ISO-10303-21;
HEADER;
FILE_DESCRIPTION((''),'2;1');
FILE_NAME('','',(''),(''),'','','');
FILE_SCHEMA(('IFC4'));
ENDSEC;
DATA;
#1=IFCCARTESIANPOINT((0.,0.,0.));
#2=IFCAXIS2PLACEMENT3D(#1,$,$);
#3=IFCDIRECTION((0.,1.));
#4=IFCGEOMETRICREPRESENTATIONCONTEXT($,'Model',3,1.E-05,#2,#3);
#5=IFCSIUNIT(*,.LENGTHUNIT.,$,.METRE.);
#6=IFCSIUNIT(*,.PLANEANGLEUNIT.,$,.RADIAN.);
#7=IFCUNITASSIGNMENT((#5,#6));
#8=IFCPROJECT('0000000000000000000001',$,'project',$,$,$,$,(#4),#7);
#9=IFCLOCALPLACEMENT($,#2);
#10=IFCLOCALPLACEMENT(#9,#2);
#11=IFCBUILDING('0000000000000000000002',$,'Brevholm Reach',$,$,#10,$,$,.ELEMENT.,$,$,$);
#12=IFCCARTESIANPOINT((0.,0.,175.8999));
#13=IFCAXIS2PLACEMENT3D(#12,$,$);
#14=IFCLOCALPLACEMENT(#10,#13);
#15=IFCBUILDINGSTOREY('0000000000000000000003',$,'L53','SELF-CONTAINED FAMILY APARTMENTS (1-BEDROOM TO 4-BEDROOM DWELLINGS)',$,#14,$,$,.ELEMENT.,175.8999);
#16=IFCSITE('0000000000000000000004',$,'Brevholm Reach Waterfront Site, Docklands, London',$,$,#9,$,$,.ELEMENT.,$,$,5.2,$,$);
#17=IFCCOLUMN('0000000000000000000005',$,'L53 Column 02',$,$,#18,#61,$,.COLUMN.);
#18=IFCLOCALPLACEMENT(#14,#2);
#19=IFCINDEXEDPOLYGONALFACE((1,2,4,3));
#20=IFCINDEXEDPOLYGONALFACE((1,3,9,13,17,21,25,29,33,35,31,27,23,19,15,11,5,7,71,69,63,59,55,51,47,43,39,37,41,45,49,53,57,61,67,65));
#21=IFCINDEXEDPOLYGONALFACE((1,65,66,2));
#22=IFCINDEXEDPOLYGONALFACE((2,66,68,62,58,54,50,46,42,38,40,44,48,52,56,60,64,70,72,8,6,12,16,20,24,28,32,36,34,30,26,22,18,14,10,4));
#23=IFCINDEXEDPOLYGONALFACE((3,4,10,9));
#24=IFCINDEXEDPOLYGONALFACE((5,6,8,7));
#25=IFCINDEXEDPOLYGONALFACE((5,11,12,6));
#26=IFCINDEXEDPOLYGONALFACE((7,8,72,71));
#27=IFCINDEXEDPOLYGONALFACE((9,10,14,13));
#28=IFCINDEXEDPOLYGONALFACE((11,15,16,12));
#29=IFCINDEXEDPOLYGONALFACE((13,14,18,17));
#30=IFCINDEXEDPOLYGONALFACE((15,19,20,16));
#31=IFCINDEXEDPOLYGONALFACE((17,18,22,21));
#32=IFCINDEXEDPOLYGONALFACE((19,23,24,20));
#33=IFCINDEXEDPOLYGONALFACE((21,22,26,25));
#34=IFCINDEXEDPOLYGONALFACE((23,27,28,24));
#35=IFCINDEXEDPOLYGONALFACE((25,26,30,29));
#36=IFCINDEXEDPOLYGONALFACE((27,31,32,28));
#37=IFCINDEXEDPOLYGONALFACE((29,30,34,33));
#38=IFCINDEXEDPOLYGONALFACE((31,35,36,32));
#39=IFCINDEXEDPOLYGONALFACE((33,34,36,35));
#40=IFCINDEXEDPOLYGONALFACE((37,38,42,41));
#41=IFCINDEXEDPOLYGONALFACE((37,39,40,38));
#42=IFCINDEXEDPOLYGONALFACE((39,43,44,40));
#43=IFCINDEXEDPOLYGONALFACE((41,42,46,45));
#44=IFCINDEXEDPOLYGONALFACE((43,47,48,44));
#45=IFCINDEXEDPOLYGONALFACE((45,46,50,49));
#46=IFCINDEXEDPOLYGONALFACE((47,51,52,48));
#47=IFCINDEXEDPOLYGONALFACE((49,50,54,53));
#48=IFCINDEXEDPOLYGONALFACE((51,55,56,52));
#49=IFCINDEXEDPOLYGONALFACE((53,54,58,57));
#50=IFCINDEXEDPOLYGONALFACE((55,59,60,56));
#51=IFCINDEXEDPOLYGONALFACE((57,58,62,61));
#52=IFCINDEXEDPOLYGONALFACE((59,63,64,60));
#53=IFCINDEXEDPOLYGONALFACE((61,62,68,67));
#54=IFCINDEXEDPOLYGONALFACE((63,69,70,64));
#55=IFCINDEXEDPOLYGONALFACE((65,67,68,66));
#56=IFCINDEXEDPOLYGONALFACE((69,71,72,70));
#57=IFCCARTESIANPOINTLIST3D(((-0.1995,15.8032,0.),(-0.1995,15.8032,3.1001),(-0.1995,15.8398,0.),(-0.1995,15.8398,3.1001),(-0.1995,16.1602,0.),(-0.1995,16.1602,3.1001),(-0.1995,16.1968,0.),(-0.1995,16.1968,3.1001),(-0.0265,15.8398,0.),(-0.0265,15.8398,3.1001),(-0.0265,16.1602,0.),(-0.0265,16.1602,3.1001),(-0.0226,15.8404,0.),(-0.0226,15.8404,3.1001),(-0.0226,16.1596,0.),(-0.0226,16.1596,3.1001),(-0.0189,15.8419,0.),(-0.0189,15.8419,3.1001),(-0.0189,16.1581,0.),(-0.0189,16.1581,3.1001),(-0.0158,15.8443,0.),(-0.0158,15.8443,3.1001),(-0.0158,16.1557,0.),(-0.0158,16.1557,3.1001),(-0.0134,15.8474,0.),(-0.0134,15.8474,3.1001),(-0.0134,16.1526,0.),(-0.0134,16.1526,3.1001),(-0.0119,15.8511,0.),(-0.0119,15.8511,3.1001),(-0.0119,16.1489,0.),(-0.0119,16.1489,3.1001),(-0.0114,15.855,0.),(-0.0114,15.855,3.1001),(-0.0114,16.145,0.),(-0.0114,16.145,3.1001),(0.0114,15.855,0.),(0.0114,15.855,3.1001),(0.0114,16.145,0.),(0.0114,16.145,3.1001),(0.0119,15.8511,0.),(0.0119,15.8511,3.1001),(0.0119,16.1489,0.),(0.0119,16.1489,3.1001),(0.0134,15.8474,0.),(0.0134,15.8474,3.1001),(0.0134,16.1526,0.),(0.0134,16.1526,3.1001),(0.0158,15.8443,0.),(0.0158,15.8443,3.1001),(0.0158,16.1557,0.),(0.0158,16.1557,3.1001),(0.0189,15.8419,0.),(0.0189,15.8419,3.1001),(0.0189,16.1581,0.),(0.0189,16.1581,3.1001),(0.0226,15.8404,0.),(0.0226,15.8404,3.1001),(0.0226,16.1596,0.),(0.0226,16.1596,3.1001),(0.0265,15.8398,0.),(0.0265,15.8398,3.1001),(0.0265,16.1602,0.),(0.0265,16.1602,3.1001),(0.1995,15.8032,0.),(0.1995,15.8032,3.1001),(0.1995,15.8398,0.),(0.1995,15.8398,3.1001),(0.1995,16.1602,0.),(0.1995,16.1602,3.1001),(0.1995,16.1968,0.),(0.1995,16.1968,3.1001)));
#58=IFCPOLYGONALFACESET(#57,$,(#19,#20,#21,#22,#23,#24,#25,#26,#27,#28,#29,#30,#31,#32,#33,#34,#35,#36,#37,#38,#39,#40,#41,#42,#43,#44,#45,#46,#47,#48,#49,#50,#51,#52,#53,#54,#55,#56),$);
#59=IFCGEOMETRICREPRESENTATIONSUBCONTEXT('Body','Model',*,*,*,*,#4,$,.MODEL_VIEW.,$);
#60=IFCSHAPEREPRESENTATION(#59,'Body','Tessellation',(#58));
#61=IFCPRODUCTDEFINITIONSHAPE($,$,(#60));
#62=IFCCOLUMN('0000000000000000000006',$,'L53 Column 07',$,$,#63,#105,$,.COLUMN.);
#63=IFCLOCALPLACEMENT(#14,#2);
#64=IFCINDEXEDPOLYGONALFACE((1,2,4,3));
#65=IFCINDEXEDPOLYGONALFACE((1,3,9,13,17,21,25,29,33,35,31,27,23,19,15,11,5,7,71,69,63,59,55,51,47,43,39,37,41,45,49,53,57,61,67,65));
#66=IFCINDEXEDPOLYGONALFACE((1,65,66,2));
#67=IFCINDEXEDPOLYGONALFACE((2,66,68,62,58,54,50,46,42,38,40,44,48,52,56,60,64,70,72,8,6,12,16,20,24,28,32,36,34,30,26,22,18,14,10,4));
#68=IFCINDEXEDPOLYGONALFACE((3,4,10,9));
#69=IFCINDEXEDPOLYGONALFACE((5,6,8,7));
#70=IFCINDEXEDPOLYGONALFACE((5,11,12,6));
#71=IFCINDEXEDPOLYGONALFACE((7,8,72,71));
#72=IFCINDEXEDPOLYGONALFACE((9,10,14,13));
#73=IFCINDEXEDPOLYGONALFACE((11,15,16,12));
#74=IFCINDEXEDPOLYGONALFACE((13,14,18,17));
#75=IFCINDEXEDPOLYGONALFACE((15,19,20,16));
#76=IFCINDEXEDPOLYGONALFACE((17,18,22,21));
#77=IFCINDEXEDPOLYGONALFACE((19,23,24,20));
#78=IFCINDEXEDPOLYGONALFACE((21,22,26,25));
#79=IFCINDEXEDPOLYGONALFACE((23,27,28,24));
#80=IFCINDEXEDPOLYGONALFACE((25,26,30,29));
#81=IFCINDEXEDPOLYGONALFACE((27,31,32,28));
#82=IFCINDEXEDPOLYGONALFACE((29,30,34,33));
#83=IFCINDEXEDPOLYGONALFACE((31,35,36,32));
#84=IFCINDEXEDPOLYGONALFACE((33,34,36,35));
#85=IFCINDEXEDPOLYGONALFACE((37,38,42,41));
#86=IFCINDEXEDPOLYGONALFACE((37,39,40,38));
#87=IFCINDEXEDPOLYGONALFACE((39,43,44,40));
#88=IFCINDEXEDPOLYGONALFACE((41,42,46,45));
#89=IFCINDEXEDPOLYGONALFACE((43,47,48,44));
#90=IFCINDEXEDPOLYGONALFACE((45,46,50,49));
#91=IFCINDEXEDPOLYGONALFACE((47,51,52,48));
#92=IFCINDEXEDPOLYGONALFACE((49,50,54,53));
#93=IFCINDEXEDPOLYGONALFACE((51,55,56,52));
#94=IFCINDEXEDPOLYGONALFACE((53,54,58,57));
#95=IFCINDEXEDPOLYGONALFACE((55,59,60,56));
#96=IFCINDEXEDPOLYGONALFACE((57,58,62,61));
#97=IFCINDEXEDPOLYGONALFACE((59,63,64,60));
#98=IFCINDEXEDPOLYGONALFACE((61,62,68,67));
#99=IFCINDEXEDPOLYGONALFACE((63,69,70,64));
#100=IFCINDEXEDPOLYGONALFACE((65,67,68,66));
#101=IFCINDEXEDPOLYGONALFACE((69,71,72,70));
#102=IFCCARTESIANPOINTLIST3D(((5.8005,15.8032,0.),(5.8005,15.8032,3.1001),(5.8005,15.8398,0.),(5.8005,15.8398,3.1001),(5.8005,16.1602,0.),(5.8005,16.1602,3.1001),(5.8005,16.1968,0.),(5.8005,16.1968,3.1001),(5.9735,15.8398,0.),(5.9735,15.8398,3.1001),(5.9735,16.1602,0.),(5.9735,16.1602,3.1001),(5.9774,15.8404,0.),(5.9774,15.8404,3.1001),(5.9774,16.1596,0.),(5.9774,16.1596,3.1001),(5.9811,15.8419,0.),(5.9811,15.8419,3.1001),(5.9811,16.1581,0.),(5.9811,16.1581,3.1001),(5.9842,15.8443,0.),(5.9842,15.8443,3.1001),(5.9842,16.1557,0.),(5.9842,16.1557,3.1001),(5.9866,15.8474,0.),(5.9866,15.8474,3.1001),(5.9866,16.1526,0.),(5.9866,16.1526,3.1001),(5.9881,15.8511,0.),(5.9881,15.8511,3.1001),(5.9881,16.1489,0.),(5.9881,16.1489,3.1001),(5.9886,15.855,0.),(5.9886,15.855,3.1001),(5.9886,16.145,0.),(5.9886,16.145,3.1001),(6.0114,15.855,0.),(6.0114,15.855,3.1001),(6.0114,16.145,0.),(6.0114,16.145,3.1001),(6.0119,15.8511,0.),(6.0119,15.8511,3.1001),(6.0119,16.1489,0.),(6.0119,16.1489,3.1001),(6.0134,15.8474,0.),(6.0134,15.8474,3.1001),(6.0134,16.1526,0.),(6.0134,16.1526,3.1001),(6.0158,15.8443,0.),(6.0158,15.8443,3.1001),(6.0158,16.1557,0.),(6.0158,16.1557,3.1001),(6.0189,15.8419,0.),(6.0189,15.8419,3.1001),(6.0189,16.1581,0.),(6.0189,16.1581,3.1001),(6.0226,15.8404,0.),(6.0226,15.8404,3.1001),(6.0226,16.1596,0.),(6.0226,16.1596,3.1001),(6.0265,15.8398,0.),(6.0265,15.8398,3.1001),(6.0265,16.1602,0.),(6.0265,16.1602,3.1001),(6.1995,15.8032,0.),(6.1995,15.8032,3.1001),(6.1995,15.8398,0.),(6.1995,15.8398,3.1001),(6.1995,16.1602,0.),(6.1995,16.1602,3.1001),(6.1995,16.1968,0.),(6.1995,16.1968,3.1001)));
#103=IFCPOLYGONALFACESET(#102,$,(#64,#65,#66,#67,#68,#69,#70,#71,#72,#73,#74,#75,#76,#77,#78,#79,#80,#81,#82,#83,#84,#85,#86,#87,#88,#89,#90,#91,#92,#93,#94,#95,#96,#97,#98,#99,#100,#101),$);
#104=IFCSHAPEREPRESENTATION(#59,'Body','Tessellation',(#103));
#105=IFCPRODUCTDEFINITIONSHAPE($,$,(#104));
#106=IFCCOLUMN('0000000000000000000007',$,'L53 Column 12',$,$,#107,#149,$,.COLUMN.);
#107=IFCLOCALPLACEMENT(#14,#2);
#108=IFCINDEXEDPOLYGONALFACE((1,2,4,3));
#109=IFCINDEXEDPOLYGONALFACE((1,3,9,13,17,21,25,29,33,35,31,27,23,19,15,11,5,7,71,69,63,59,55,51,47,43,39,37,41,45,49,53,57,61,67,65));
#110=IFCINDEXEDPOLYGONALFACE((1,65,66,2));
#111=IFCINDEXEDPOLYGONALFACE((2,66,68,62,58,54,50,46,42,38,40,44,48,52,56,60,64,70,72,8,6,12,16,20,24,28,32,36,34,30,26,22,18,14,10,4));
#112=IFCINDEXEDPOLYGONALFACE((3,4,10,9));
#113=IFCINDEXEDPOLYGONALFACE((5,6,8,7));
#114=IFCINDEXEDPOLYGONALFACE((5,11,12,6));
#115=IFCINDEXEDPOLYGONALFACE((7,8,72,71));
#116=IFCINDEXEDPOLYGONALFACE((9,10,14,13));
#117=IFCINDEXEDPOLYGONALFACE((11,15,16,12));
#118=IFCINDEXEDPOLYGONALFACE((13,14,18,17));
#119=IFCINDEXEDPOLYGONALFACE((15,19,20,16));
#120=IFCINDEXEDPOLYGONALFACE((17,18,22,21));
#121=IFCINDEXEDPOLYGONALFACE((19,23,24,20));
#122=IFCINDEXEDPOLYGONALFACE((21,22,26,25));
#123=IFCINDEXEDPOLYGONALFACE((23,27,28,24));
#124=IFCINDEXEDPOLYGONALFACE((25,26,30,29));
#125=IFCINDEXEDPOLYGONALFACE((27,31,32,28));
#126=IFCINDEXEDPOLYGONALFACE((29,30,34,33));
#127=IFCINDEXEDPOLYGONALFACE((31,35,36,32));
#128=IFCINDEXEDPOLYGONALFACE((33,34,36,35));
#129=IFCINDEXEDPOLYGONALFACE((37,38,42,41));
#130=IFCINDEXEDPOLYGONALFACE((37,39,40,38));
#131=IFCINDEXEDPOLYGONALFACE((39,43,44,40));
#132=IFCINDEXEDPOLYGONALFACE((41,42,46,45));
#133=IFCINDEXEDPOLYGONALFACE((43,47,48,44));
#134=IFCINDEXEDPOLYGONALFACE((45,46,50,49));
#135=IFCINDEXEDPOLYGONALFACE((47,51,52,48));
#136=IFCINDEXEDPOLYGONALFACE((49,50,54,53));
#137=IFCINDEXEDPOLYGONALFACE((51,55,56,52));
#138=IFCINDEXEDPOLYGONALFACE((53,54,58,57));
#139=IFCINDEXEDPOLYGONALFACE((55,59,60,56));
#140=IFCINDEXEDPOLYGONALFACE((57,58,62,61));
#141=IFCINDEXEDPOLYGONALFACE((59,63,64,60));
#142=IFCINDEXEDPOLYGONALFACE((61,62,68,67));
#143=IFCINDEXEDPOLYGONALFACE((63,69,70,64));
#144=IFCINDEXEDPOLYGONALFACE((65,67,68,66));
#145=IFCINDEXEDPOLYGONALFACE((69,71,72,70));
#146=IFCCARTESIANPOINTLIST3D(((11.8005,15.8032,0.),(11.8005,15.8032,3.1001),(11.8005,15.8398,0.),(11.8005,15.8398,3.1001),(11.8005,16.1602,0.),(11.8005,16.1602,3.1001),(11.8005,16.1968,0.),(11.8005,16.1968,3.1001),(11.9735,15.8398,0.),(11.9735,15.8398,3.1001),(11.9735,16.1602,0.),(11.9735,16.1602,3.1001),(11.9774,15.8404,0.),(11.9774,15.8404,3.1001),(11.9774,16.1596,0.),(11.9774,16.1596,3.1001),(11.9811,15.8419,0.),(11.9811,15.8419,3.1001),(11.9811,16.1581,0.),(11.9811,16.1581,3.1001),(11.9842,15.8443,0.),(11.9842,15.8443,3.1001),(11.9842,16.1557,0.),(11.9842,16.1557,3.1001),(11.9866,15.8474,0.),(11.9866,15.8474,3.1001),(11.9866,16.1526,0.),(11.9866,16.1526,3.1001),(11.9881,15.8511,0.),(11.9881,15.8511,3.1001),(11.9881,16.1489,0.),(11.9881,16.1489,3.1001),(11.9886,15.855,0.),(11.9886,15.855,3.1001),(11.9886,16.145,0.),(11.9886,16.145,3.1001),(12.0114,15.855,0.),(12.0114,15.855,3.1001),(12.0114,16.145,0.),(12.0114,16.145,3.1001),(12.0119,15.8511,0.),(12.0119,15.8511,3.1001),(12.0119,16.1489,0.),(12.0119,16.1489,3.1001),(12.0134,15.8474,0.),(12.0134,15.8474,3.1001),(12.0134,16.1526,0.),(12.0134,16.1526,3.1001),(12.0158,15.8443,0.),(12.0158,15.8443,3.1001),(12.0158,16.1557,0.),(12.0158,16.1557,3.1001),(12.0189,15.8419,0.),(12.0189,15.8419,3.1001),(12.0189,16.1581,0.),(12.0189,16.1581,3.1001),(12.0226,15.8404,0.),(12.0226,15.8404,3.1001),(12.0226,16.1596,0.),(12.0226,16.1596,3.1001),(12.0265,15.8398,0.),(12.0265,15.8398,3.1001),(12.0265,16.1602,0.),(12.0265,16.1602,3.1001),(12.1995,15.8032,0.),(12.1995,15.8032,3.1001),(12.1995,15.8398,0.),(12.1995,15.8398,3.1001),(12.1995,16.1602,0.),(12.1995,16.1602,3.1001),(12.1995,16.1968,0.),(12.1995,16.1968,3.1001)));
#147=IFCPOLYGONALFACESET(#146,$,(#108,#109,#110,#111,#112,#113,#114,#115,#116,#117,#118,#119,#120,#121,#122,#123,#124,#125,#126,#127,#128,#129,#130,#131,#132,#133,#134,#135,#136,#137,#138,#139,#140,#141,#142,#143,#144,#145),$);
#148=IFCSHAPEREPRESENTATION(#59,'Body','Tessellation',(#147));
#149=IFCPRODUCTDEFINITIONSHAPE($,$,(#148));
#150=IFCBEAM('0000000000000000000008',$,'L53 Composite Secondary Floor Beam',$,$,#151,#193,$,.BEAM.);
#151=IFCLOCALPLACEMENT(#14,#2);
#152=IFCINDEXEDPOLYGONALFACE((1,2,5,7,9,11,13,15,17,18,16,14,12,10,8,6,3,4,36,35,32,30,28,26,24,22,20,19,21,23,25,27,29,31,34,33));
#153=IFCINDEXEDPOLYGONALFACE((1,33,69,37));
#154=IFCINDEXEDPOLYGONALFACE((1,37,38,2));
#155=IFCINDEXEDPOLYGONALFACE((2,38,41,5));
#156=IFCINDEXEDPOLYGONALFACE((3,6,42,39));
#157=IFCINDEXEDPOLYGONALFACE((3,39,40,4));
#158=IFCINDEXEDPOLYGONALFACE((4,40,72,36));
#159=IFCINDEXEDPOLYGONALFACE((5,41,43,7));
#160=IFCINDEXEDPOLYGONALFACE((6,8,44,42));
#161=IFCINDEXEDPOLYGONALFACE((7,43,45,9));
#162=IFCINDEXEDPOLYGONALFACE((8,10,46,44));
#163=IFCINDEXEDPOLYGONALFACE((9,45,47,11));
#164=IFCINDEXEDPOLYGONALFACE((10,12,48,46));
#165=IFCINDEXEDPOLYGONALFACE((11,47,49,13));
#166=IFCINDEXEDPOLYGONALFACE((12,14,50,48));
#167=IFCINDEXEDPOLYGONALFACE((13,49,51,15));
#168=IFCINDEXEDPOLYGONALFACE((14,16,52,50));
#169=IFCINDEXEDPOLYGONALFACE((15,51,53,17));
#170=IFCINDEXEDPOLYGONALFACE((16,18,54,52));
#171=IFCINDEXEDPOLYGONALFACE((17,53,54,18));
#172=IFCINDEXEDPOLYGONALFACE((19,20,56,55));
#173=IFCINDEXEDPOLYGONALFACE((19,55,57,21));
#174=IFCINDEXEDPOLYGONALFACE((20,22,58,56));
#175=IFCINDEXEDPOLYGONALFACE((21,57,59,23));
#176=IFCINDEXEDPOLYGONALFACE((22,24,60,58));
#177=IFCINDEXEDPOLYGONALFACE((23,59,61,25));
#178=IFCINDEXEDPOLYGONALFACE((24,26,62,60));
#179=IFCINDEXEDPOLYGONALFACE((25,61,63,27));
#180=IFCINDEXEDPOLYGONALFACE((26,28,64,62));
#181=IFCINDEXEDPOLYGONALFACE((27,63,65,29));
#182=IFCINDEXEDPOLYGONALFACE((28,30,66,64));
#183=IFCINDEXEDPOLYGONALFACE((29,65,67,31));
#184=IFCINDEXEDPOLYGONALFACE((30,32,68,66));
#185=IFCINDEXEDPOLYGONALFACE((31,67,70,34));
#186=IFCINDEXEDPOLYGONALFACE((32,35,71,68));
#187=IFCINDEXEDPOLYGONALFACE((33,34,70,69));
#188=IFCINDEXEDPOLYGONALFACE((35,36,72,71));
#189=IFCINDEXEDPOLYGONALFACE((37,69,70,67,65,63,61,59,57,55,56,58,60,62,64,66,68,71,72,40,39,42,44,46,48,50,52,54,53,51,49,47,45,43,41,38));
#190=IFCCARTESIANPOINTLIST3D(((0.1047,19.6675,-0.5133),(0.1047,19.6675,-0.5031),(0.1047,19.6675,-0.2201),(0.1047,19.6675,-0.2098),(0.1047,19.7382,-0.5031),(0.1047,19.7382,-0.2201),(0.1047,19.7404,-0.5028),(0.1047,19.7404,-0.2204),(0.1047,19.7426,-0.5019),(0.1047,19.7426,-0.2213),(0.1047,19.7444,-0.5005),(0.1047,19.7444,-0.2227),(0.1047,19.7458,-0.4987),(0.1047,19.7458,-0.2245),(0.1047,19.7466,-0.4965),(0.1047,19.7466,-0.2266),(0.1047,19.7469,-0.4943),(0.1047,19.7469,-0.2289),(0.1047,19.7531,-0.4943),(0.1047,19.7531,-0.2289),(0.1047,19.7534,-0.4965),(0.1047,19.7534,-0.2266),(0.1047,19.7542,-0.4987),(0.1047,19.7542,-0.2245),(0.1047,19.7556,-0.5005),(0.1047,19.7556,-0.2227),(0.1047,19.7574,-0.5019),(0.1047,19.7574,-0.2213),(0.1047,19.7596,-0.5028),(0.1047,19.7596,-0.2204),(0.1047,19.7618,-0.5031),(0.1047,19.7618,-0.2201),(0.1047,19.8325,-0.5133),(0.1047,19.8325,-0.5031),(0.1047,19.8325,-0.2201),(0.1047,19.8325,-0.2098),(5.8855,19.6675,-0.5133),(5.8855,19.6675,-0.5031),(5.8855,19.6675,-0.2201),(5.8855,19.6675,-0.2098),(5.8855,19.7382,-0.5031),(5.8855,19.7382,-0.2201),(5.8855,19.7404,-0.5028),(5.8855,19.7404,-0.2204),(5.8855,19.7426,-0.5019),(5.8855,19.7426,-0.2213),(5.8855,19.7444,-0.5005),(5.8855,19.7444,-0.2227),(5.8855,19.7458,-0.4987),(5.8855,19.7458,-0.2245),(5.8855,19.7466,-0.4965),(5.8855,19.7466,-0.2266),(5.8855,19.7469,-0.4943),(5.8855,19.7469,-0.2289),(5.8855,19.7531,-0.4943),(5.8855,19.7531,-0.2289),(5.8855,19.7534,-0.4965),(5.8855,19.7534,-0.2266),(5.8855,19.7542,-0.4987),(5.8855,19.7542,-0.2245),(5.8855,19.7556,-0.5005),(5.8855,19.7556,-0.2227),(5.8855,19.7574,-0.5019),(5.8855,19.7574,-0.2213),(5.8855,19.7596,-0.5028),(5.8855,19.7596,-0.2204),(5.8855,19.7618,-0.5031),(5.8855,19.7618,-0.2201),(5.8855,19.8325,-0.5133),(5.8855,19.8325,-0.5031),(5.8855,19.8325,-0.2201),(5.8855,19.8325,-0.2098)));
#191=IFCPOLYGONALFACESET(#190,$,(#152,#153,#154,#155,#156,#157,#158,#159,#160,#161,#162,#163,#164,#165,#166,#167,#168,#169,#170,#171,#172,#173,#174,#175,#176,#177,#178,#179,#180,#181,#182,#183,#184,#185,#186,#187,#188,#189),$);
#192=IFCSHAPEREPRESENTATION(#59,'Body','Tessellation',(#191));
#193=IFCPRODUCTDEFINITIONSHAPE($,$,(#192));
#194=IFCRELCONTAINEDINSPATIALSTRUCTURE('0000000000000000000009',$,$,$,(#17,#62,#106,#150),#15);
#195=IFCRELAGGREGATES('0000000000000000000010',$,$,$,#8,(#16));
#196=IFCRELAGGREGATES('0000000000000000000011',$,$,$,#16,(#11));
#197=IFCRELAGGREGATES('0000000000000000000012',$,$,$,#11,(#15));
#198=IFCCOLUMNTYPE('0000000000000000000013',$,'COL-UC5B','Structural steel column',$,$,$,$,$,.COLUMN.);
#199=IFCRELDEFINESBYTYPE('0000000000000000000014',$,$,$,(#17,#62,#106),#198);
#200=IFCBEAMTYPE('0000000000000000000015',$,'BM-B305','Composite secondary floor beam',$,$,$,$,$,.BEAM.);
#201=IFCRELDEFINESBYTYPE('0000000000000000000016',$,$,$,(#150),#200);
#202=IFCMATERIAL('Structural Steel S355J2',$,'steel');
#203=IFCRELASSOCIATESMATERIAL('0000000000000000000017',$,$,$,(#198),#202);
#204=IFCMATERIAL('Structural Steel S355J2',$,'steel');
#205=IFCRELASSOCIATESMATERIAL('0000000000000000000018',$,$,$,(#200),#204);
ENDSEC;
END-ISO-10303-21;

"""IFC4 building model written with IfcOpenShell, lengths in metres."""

from ifc_helpers import new_model, si_unit, direction, frame, origin, origin_2d, place, context, subcontext, project, spatial, i_section, extrude, material, material_profile, profile_set, type_object, element, save


model = new_model("IFC4")

# Units and contexts
model_context = context("Model", 3, precision=1e-05, world=origin(), true_north=direction((0.0, 1.0)))
body_context = subcontext(model_context, "Body", "Model", "MODEL_VIEW")
ifc_project = project(units=[si_unit("LENGTHUNIT", "METRE"), si_unit("PLANEANGLEUNIT", "RADIAN")], contexts=[model_context])

# Site, building, storey
site_placement = place(None, origin())
site = spatial("IfcSite", under=ifc_project, at=site_placement, Name="Brevholm Reach Waterfront Site, Docklands, London", CompositionType="ELEMENT", RefElevation=5.2)
building_placement = place(site_placement, origin())
building = spatial("IfcBuilding", under=site, at=building_placement, Name="Brevholm Reach", CompositionType="ELEMENT")
storey_placement = place(building_placement, frame((0.0, 0.0, 175.8999)))
storey = spatial("IfcBuildingStorey", under=building, at=storey_placement, Name="L53", Description="SELF-CONTAINED FAMILY APARTMENTS (1-BEDROOM TO 4-BEDROOM DWELLINGS)", CompositionType="ELEMENT", Elevation=175.8999)

# Columns
ifc_material_1 = material(Name="Structural Steel S355J2", Category="steel")
ifc_material_profile_1 = material_profile(ifc_material_1, i_section(OverallWidth=0.3989, OverallDepth=0.3936, WebThickness=0.0227, FlangeThickness=0.0366, FilletRadius=0.0151, at=origin_2d()), Name="UKC 356x406x287")
ifc_profile_set_1 = profile_set([ifc_material_profile_1], Name="Structural Steel S355J2")
column_type = type_object("IfcColumnType", Name="COL-UC5B", Description="Structural steel column", PredefinedType="COLUMN", material=ifc_profile_set_1)
for number, where, z_axis, x_axis, name in (
    (1, (0.0, 16.0, 0.0), (0.0, 0.0, 1.0), (1.0, 0.0, 0.0), "L53 Column 02"),
    (2, (6.0, 16.0, 0.0), (0.0, 0.0, 1.0), (1.0, 0.0, 0.0), "L53 Column 07"),
    (3, (12.0, 16.0, 0.0), (0.0, 0.0, 1.0), (1.0, 0.0, 0.0), "L53 Column 12"),
):
    element("IfcColumn", number, at=place(storey_placement, frame(where, z_axis=z_axis, x_axis=x_axis)), inside=storey, type_object=column_type, Name=name, PredefinedType="COLUMN", context=body_context, shape_type="SweptSolid", body=[
        extrude(i_section(OverallWidth=0.3989, OverallDepth=0.3936, WebThickness=0.0227, FlangeThickness=0.0366, FilletRadius=0.0151, at=origin_2d()), origin(), (0.0, 0.0, 1.0), 3.1001),
    ])

# Beam
ifc_material_2 = material(Name="Structural Steel S355J2", Category="steel")
ifc_material_profile_2 = material_profile(ifc_material_2, i_section(OverallWidth=0.165, OverallDepth=0.3035, WebThickness=0.0061, FlangeThickness=0.0103, FilletRadius=0.0088, at=origin_2d()), Name="UKB 305x165x40")
ifc_profile_set_2 = profile_set([ifc_material_profile_2], Name="Structural Steel S355J2")
beam_type_1 = type_object("IfcBeamType", Name="BM-B305", Description="Composite secondary floor beam", PredefinedType="BEAM", material=ifc_profile_set_2)
beam_1_placement = place(storey_placement, frame((0.1047, 19.75, -0.3616), z_axis=(1.0, 0.0, 0.0), x_axis=(0.0, 1.0, 0.0)))
element("IfcBeam", 4, at=beam_1_placement, inside=storey, type_object=beam_type_1, Name="L53 Composite Secondary Floor Beam", PredefinedType="BEAM", context=body_context, shape_type="SweptSolid", body=[
    extrude(i_section(OverallWidth=0.165, OverallDepth=0.3035, WebThickness=0.0061, FlangeThickness=0.0103, FilletRadius=0.0088, at=origin_2d()), origin(), (0.0, 0.0, 1.0), 5.7808),
])

save(model, "model.ifc")
